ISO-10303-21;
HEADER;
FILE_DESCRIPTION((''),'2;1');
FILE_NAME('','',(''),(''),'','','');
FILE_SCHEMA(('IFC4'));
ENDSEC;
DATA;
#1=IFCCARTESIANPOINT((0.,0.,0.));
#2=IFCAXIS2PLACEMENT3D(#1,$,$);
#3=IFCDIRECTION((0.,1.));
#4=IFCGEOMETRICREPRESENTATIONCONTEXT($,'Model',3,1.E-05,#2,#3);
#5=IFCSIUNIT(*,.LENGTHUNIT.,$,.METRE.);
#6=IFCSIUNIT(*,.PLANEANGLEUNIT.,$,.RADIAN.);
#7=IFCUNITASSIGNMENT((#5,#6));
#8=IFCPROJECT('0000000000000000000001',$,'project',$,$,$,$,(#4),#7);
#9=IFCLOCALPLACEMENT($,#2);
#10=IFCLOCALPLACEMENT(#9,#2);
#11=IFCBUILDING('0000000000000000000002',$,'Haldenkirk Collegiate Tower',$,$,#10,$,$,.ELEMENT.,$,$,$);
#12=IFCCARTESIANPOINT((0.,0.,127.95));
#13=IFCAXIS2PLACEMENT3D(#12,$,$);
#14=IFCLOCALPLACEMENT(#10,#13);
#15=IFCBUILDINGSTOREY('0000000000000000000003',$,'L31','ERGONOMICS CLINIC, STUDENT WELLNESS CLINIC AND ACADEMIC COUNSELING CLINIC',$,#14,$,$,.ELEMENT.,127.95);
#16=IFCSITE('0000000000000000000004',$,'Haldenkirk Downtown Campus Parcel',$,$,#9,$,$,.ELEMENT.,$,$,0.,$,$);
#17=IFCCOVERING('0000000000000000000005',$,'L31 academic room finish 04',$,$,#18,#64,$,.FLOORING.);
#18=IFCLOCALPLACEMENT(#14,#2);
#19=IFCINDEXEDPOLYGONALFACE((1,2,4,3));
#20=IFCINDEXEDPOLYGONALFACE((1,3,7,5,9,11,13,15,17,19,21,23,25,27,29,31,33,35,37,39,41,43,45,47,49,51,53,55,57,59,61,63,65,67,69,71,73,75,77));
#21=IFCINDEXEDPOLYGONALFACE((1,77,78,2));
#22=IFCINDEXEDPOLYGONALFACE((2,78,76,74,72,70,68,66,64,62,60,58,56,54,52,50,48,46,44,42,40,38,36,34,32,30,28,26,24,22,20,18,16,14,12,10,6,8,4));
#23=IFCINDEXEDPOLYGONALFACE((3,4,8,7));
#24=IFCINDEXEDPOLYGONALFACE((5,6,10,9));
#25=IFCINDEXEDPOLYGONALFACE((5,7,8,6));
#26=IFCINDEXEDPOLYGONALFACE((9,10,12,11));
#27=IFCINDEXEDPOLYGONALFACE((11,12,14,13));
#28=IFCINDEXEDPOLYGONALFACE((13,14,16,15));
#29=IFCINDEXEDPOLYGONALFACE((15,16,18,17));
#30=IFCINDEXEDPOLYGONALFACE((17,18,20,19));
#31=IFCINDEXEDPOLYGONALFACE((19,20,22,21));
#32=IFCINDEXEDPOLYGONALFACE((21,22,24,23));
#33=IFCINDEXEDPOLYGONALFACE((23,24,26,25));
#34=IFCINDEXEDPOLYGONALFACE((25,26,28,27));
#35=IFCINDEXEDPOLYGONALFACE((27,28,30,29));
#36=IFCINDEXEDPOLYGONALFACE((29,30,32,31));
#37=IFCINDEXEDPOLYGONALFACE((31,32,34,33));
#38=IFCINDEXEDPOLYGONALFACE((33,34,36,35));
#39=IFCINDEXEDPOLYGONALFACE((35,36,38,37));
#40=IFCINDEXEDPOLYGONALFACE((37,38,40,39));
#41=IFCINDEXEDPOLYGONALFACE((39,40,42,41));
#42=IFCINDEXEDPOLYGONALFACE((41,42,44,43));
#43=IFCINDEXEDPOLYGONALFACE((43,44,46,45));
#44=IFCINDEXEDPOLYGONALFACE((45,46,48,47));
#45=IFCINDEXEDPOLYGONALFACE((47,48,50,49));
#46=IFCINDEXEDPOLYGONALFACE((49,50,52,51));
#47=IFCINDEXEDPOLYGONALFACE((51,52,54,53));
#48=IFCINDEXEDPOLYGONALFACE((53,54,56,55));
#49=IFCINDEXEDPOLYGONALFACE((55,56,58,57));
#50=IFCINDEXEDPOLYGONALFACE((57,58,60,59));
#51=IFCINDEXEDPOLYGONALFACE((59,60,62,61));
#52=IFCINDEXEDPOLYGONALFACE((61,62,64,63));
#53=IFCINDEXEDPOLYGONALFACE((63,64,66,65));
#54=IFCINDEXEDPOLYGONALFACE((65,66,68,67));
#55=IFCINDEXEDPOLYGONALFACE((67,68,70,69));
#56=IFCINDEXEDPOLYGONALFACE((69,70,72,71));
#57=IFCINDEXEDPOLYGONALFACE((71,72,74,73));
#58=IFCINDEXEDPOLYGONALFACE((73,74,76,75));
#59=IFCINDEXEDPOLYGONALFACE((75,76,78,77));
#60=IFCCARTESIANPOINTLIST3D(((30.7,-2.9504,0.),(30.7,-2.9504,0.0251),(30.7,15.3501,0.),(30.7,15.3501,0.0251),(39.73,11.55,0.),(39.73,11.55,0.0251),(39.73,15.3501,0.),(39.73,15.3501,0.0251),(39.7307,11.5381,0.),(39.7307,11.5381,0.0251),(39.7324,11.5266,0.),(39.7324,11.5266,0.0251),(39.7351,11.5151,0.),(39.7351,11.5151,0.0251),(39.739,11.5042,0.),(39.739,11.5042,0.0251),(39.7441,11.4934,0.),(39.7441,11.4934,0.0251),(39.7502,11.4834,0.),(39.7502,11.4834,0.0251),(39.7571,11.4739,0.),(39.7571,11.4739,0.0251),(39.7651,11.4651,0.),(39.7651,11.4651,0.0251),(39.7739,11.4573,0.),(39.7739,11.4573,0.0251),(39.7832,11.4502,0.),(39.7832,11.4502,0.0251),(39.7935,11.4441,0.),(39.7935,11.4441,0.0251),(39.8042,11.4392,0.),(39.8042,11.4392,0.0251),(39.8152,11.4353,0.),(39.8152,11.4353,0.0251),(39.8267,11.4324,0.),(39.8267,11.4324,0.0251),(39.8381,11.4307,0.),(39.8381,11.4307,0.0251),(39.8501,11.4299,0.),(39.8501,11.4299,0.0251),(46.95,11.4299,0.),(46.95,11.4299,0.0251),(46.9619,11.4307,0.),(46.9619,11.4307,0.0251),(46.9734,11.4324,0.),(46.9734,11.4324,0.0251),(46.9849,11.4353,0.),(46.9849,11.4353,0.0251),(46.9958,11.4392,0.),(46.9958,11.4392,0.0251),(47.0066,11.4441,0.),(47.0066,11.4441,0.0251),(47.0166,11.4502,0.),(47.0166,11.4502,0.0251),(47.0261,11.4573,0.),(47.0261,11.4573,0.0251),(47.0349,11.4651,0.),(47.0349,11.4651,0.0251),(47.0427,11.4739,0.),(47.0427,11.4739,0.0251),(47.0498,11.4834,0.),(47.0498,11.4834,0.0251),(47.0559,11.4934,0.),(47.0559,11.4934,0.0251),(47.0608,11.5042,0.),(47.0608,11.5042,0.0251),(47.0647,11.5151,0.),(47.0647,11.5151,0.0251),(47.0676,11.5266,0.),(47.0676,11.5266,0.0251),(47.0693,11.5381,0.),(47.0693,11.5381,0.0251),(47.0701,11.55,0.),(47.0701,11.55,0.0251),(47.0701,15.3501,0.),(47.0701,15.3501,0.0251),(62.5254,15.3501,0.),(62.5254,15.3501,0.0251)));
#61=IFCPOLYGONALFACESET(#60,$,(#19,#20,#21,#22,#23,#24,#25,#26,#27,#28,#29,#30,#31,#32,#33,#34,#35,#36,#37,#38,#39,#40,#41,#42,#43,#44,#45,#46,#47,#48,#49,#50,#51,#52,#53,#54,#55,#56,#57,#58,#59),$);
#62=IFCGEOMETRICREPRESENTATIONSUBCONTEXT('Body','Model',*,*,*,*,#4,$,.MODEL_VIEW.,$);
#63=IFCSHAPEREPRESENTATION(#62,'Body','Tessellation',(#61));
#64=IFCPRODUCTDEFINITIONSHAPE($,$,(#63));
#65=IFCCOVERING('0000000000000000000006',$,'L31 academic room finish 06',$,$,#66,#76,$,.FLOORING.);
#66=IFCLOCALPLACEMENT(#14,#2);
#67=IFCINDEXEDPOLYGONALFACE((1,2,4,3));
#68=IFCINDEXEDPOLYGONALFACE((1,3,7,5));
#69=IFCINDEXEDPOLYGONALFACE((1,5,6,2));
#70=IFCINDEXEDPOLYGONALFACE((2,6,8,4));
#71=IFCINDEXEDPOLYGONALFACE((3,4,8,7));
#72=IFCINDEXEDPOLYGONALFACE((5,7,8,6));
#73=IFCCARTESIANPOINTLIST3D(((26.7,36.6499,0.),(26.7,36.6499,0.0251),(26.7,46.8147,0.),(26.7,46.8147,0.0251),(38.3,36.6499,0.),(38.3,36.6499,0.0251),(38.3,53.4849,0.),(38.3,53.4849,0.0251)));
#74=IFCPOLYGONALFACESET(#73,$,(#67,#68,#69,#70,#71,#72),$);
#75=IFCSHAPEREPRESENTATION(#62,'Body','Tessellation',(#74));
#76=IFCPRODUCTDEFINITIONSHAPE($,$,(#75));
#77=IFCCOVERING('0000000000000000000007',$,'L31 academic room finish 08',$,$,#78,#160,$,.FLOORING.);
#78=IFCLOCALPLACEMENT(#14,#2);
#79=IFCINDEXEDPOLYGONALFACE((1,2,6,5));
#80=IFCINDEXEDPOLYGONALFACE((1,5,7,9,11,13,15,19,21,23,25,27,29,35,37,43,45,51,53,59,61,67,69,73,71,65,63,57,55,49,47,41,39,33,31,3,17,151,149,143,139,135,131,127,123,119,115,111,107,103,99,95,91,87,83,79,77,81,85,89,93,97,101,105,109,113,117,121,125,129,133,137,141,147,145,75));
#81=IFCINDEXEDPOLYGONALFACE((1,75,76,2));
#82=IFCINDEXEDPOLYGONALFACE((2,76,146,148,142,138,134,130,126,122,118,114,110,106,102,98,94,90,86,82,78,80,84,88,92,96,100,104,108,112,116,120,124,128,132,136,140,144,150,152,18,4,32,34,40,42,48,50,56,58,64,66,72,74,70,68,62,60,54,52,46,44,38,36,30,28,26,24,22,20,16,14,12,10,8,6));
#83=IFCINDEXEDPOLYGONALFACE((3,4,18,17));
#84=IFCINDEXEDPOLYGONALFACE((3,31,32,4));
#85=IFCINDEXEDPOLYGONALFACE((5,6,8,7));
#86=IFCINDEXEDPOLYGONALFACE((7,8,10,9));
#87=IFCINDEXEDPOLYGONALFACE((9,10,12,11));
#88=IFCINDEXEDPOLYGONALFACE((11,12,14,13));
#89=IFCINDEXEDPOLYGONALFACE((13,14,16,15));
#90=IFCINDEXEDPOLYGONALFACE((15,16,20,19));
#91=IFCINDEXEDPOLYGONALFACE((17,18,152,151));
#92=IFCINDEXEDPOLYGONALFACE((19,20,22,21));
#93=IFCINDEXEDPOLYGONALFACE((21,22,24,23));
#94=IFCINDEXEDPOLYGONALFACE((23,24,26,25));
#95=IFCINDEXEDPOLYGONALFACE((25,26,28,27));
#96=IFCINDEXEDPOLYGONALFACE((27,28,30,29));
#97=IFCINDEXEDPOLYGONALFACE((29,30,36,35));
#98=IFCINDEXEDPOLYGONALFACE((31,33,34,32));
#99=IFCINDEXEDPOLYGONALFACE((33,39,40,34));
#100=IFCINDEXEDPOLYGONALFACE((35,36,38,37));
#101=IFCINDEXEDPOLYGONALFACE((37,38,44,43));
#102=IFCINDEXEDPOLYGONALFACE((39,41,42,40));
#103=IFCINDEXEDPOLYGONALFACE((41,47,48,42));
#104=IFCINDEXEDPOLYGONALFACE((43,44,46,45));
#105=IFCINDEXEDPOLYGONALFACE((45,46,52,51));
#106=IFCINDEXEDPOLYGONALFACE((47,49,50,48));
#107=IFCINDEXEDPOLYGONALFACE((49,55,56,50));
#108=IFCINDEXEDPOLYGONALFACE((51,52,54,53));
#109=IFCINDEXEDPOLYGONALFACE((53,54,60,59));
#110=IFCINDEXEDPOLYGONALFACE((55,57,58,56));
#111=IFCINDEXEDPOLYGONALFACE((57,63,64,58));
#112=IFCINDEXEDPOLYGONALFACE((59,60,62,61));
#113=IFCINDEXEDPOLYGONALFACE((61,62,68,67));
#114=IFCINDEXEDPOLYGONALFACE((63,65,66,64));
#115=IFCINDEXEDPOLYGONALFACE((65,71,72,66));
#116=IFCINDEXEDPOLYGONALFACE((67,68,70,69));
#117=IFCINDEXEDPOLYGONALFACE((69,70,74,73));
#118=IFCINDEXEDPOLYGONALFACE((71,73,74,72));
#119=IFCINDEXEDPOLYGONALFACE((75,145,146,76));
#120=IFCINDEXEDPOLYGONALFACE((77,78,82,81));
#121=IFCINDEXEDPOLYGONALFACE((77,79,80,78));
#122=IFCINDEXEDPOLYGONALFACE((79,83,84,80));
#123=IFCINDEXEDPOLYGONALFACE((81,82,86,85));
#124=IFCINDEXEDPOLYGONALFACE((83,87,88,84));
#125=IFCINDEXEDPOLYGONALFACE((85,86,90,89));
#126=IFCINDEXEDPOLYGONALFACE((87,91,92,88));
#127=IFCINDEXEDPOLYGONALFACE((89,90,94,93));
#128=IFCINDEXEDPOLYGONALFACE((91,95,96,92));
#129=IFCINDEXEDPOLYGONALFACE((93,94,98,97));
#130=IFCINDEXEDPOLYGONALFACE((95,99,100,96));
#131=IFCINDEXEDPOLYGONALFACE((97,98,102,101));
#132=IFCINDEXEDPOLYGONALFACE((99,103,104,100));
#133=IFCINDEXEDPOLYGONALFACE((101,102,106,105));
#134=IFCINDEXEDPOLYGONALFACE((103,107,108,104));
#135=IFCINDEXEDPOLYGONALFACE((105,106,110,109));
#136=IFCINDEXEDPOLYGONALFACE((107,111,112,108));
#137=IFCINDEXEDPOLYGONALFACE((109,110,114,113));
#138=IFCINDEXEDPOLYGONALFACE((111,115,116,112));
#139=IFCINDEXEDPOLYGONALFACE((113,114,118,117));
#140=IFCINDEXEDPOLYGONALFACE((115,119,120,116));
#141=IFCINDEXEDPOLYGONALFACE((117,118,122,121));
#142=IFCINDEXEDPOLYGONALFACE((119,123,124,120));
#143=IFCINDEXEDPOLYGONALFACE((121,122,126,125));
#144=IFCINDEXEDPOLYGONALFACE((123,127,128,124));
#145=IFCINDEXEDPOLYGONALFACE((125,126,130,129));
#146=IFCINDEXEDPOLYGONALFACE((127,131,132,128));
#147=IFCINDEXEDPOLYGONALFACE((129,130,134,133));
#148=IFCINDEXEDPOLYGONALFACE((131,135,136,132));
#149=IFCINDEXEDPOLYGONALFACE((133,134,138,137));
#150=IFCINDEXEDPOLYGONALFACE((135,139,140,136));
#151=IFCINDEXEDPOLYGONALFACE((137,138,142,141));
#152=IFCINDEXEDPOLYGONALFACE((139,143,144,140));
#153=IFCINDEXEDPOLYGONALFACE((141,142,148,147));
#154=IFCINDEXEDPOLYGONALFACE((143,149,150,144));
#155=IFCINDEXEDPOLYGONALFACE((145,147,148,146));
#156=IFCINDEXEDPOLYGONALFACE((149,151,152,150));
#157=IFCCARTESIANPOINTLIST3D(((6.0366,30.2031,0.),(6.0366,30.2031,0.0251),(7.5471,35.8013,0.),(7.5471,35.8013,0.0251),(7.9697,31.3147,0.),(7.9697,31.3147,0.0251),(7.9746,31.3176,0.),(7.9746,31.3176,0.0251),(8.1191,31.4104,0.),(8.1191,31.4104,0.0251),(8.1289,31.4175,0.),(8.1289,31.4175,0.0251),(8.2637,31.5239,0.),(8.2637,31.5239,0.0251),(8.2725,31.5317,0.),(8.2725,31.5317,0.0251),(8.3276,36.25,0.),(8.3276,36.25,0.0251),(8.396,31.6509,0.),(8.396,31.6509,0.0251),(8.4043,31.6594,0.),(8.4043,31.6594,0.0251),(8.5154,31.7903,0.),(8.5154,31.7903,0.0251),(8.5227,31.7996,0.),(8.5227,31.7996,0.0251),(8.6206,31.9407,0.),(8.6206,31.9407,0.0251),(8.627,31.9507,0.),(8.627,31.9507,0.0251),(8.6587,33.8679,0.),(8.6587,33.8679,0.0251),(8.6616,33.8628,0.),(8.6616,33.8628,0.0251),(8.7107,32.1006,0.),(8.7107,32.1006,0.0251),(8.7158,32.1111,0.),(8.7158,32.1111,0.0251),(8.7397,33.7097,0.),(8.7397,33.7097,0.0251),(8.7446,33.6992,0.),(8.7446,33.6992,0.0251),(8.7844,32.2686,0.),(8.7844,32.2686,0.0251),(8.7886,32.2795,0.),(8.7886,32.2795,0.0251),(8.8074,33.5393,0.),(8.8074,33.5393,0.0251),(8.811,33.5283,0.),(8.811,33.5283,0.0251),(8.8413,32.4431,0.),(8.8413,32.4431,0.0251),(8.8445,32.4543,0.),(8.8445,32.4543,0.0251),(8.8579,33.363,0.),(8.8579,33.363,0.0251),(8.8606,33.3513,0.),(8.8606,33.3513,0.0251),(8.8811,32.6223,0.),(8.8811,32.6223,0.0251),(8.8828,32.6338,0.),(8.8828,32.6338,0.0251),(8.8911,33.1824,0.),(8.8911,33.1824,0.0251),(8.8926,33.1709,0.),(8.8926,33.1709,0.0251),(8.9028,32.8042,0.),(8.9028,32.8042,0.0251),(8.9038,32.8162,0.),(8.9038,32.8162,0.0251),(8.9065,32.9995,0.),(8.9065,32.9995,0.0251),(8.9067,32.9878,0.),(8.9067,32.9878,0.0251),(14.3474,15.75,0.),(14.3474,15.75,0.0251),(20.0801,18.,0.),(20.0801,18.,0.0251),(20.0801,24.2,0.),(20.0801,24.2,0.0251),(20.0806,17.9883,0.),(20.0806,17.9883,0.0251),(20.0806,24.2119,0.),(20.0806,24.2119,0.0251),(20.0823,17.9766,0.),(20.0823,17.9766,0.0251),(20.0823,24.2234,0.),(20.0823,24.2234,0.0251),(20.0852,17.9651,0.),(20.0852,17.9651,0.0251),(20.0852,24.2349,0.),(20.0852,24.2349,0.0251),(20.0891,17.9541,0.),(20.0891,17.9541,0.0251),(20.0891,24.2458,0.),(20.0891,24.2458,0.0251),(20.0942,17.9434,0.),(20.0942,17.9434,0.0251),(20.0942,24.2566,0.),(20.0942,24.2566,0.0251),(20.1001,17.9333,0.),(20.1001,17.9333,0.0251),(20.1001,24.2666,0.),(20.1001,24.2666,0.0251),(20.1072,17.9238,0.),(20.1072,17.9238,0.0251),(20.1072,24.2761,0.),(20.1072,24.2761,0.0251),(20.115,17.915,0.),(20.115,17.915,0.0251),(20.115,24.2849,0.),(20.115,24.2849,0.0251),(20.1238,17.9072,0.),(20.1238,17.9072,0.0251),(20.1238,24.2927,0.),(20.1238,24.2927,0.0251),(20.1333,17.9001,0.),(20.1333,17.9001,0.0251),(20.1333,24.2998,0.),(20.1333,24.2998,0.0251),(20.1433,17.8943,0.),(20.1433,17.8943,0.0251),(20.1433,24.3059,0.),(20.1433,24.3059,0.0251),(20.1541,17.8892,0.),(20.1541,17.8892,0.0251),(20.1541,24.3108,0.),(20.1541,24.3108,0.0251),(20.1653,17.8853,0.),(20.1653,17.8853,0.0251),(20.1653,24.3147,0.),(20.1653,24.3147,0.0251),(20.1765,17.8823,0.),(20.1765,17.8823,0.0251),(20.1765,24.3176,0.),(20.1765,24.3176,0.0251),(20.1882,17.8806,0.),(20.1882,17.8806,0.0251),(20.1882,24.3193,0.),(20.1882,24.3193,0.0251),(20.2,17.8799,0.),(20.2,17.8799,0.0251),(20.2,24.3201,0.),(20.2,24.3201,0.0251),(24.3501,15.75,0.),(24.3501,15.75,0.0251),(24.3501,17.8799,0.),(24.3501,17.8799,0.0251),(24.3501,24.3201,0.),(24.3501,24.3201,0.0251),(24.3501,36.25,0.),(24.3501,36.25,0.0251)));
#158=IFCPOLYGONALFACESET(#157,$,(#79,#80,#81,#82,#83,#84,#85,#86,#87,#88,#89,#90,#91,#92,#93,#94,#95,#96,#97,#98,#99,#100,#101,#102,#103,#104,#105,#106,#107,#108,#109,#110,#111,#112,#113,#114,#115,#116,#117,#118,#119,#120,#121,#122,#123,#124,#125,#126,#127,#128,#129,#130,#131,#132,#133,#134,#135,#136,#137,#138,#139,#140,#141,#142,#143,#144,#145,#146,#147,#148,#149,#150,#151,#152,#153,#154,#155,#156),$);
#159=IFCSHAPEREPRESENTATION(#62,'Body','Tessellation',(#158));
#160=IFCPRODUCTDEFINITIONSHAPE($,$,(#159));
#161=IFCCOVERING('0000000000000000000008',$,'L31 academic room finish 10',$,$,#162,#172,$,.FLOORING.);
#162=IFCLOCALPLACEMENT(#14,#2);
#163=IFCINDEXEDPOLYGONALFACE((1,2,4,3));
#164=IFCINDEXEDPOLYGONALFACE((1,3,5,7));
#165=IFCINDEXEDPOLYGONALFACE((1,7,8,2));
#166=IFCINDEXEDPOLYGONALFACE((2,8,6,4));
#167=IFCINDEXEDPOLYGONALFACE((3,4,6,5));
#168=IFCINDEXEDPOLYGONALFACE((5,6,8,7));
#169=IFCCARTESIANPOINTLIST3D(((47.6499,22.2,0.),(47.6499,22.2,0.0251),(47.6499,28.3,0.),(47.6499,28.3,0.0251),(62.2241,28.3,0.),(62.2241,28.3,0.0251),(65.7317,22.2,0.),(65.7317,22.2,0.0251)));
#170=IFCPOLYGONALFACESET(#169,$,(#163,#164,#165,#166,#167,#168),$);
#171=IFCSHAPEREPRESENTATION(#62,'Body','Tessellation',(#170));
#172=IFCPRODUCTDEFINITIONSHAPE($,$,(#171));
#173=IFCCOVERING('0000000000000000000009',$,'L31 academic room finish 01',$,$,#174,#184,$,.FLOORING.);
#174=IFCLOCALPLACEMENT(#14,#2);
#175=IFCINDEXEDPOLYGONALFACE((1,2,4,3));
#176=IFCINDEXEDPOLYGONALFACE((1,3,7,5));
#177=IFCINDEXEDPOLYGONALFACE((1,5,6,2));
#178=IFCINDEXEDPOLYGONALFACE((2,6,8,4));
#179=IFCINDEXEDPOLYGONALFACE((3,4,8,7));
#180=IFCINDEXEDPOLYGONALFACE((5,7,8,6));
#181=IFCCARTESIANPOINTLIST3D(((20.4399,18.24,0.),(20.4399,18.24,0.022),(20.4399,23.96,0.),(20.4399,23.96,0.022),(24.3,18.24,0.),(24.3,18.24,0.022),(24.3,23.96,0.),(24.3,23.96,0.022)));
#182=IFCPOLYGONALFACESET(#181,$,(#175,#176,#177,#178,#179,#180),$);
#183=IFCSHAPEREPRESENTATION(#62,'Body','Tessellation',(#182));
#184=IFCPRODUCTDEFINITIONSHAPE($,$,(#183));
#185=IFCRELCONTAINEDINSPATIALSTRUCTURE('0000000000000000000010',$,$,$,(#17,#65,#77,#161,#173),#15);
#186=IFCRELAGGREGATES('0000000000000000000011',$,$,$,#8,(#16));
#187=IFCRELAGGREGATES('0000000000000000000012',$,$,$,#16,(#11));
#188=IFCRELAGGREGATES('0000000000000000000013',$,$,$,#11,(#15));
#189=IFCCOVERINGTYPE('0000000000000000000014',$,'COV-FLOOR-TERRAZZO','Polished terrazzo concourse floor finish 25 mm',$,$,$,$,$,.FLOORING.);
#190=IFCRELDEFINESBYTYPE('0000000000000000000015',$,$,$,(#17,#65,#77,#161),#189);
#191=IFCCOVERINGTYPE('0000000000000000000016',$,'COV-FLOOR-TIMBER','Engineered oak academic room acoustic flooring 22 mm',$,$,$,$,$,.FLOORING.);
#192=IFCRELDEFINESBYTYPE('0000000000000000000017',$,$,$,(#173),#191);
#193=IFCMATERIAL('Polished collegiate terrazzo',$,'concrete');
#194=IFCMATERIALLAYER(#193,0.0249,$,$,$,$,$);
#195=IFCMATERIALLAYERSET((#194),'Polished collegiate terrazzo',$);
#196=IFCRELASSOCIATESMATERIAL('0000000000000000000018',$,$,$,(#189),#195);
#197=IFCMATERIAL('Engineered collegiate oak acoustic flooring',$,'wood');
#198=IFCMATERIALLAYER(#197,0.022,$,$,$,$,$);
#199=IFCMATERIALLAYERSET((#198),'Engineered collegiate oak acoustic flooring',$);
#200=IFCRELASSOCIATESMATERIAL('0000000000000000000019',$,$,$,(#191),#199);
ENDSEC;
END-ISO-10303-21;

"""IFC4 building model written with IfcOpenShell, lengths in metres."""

from ifc_helpers import new_model, si_unit, direction, frame, origin, place, context, subcontext, project, spatial, polyline, outline, extrude, material, layer, layer_set, type_object, element, save


model = new_model("IFC4")

# Units and contexts
model_context = context("Model", 3, precision=1e-05, world=origin(), true_north=direction((0.0, 1.0)))
body_context = subcontext(model_context, "Body", "Model", "MODEL_VIEW")
ifc_project = project(units=[si_unit("LENGTHUNIT", "METRE"), si_unit("PLANEANGLEUNIT", "RADIAN")], contexts=[model_context])

# Site, building, storey
site_placement = place(None, origin())
site = spatial("IfcSite", under=ifc_project, at=site_placement, Name="Haldenkirk Downtown Campus Parcel", CompositionType="ELEMENT", RefElevation=0.0)
building_placement = place(site_placement, origin())
building = spatial("IfcBuilding", under=site, at=building_placement, Name="Haldenkirk Collegiate Tower", CompositionType="ELEMENT")
storey_placement = place(building_placement, frame((0.0, 0.0, 127.95)))
storey = spatial("IfcBuildingStorey", under=building, at=storey_placement, Name="L31", Description="ERGONOMICS CLINIC, STUDENT WELLNESS CLINIC AND ACADEMIC COUNSELING CLINIC", CompositionType="ELEMENT", Elevation=127.95)

# Coverings
ifc_material_1 = material(Name="Polished collegiate terrazzo", Category="concrete")
ifc_layer_1 = layer(ifc_material_1, 0.0249)
ifc_layer_set_1 = layer_set([ifc_layer_1], Name="Polished collegiate terrazzo")
covering_type_1 = type_object("IfcCoveringType", Name="COV-FLOOR-TERRAZZO", Description="Polished terrazzo concourse floor finish 25 mm", PredefinedType="FLOORING", material=ifc_layer_set_1)
covering_1_placement = place(storey_placement, origin())
element("IfcCovering", 1, at=covering_1_placement, inside=storey, type_object=covering_type_1, Name="L31 academic room finish 04", PredefinedType="FLOORING", context=body_context, shape_type="SweptSolid", body=[
    extrude(outline(polyline([(39.73, 11.55), (39.7307, 11.5381), (39.7324, 11.5266), (39.7351, 11.5151), (39.739, 11.5042), (39.7441, 11.4934), (39.7502, 11.4834), (39.7571, 11.4739), (39.7651, 11.4651), (39.7739, 11.4573), (39.7832, 11.4502), (39.7935, 11.4441), (39.8042, 11.4392), (39.8152, 11.4353), (39.8267, 11.4324), (39.8381, 11.4307), (39.8501, 11.4299), (46.95, 11.4299), (46.9619, 11.4307), (46.9734, 11.4324), (46.9849, 11.4353), (46.9958, 11.4392), (47.0066, 11.4441), (47.0166, 11.4502), (47.0261, 11.4573), (47.0349, 11.4651), (47.0427, 11.4739), (47.0498, 11.4834), (47.0559, 11.4934), (47.0608, 11.5042), (47.0647, 11.5151), (47.0676, 11.5266), (47.0693, 11.5381), (47.0701, 11.55), (47.0701, 15.3501), (62.5254, 15.3501), (30.7, -2.9504), (30.7, 15.3501), (39.73, 15.3501), (39.73, 11.55)])), origin(), (0.0, 0.0, 1.0), 0.0251),
])
covering_2_placement = place(storey_placement, origin())
element("IfcCovering", 2, at=covering_2_placement, inside=storey, type_object=covering_type_1, Name="L31 academic room finish 06", PredefinedType="FLOORING", context=body_context, shape_type="SweptSolid", body=[
    extrude(outline(polyline([(38.3, 53.4849), (38.3, 36.6499), (26.7, 36.6499), (26.7, 46.8147), (38.3, 53.4849)])), origin(), (0.0, 0.0, 1.0), 0.0251),
])
covering_3_placement = place(storey_placement, origin())
element("IfcCovering", 3, at=covering_3_placement, inside=storey, type_object=covering_type_1, Name="L31 academic room finish 08", PredefinedType="FLOORING", context=body_context, shape_type="SweptSolid", body=[
    extrude(outline(polyline([(7.9697, 31.3147), (7.9746, 31.3176), (8.1191, 31.4104), (8.1289, 31.4175), (8.2637, 31.5239), (8.2725, 31.5317), (8.396, 31.6509), (8.4043, 31.6594), (8.5154, 31.7903), (8.5227, 31.7996), (8.6206, 31.9407), (8.627, 31.9507), (8.7107, 32.1006), (8.7158, 32.1111), (8.7844, 32.2686), (8.7886, 32.2795), (8.8413, 32.4431), (8.8445, 32.4543), (8.8811, 32.6223), (8.8828, 32.6338), (8.9028, 32.8042), (8.9038, 32.8162), (8.9067, 32.9878), (8.9065, 32.9995), (8.8926, 33.1709), (8.8911, 33.1824), (8.8606, 33.3513), (8.8579, 33.363), (8.811, 33.5283), (8.8074, 33.5393), (8.7446, 33.6992), (8.7397, 33.7097), (8.6616, 33.8628), (8.6587, 33.8679), (7.5471, 35.8013), (8.3276, 36.25), (24.3501, 36.25), (24.3501, 24.3201), (20.2, 24.3201), (20.1882, 24.3193), (20.1765, 24.3176), (20.1653, 24.3147), (20.1541, 24.3108), (20.1433, 24.3059), (20.1333, 24.2998), (20.1238, 24.2927), (20.115, 24.2849), (20.1072, 24.2761), (20.1001, 24.2666), (20.0942, 24.2566), (20.0891, 24.2458), (20.0852, 24.2349), (20.0823, 24.2234), (20.0806, 24.2119), (20.0801, 24.2), (20.0801, 18.0), (20.0806, 17.9883), (20.0823, 17.9766), (20.0852, 17.9651), (20.0891, 17.9541), (20.0942, 17.9434), (20.1001, 17.9333), (20.1072, 17.9238), (20.115, 17.915), (20.1238, 17.9072), (20.1333, 17.9001), (20.1433, 17.8943), (20.1541, 17.8892), (20.1653, 17.8853), (20.1765, 17.8823), (20.1882, 17.8806), (20.2, 17.8799), (24.3501, 17.8799), (24.3501, 15.75), (14.3474, 15.75), (6.0366, 30.2031), (7.9697, 31.3147)])), origin(), (0.0, 0.0, 1.0), 0.0251),
])
covering_4_placement = place(storey_placement, origin())
element("IfcCovering", 4, at=covering_4_placement, inside=storey, type_object=covering_type_1, Name="L31 academic room finish 10", PredefinedType="FLOORING", context=body_context, shape_type="SweptSolid", body=[
    extrude(outline(polyline([(65.7317, 22.2), (47.6499, 22.2), (47.6499, 28.3), (62.2241, 28.3), (65.7317, 22.2)])), origin(), (0.0, 0.0, 1.0), 0.0251),
])
ifc_material_2 = material(Name="Engineered collegiate oak acoustic flooring", Category="wood")
ifc_layer_2 = layer(ifc_material_2, 0.022)
ifc_layer_set_2 = layer_set([ifc_layer_2], Name="Engineered collegiate oak acoustic flooring")
covering_type_2 = type_object("IfcCoveringType", Name="COV-FLOOR-TIMBER", Description="Engineered oak academic room acoustic flooring 22 mm", PredefinedType="FLOORING", material=ifc_layer_set_2)
covering_5_placement = place(storey_placement, origin())
element("IfcCovering", 5, at=covering_5_placement, inside=storey, type_object=covering_type_2, Name="L31 academic room finish 01", PredefinedType="FLOORING", context=body_context, shape_type="SweptSolid", body=[
    extrude(outline(polyline([(20.4399, 18.24), (20.4399, 23.96), (24.3, 23.96), (24.3, 18.24), (20.4399, 18.24)])), origin(), (0.0, 0.0, 1.0), 0.022),
])

save(model, "model.ifc")
